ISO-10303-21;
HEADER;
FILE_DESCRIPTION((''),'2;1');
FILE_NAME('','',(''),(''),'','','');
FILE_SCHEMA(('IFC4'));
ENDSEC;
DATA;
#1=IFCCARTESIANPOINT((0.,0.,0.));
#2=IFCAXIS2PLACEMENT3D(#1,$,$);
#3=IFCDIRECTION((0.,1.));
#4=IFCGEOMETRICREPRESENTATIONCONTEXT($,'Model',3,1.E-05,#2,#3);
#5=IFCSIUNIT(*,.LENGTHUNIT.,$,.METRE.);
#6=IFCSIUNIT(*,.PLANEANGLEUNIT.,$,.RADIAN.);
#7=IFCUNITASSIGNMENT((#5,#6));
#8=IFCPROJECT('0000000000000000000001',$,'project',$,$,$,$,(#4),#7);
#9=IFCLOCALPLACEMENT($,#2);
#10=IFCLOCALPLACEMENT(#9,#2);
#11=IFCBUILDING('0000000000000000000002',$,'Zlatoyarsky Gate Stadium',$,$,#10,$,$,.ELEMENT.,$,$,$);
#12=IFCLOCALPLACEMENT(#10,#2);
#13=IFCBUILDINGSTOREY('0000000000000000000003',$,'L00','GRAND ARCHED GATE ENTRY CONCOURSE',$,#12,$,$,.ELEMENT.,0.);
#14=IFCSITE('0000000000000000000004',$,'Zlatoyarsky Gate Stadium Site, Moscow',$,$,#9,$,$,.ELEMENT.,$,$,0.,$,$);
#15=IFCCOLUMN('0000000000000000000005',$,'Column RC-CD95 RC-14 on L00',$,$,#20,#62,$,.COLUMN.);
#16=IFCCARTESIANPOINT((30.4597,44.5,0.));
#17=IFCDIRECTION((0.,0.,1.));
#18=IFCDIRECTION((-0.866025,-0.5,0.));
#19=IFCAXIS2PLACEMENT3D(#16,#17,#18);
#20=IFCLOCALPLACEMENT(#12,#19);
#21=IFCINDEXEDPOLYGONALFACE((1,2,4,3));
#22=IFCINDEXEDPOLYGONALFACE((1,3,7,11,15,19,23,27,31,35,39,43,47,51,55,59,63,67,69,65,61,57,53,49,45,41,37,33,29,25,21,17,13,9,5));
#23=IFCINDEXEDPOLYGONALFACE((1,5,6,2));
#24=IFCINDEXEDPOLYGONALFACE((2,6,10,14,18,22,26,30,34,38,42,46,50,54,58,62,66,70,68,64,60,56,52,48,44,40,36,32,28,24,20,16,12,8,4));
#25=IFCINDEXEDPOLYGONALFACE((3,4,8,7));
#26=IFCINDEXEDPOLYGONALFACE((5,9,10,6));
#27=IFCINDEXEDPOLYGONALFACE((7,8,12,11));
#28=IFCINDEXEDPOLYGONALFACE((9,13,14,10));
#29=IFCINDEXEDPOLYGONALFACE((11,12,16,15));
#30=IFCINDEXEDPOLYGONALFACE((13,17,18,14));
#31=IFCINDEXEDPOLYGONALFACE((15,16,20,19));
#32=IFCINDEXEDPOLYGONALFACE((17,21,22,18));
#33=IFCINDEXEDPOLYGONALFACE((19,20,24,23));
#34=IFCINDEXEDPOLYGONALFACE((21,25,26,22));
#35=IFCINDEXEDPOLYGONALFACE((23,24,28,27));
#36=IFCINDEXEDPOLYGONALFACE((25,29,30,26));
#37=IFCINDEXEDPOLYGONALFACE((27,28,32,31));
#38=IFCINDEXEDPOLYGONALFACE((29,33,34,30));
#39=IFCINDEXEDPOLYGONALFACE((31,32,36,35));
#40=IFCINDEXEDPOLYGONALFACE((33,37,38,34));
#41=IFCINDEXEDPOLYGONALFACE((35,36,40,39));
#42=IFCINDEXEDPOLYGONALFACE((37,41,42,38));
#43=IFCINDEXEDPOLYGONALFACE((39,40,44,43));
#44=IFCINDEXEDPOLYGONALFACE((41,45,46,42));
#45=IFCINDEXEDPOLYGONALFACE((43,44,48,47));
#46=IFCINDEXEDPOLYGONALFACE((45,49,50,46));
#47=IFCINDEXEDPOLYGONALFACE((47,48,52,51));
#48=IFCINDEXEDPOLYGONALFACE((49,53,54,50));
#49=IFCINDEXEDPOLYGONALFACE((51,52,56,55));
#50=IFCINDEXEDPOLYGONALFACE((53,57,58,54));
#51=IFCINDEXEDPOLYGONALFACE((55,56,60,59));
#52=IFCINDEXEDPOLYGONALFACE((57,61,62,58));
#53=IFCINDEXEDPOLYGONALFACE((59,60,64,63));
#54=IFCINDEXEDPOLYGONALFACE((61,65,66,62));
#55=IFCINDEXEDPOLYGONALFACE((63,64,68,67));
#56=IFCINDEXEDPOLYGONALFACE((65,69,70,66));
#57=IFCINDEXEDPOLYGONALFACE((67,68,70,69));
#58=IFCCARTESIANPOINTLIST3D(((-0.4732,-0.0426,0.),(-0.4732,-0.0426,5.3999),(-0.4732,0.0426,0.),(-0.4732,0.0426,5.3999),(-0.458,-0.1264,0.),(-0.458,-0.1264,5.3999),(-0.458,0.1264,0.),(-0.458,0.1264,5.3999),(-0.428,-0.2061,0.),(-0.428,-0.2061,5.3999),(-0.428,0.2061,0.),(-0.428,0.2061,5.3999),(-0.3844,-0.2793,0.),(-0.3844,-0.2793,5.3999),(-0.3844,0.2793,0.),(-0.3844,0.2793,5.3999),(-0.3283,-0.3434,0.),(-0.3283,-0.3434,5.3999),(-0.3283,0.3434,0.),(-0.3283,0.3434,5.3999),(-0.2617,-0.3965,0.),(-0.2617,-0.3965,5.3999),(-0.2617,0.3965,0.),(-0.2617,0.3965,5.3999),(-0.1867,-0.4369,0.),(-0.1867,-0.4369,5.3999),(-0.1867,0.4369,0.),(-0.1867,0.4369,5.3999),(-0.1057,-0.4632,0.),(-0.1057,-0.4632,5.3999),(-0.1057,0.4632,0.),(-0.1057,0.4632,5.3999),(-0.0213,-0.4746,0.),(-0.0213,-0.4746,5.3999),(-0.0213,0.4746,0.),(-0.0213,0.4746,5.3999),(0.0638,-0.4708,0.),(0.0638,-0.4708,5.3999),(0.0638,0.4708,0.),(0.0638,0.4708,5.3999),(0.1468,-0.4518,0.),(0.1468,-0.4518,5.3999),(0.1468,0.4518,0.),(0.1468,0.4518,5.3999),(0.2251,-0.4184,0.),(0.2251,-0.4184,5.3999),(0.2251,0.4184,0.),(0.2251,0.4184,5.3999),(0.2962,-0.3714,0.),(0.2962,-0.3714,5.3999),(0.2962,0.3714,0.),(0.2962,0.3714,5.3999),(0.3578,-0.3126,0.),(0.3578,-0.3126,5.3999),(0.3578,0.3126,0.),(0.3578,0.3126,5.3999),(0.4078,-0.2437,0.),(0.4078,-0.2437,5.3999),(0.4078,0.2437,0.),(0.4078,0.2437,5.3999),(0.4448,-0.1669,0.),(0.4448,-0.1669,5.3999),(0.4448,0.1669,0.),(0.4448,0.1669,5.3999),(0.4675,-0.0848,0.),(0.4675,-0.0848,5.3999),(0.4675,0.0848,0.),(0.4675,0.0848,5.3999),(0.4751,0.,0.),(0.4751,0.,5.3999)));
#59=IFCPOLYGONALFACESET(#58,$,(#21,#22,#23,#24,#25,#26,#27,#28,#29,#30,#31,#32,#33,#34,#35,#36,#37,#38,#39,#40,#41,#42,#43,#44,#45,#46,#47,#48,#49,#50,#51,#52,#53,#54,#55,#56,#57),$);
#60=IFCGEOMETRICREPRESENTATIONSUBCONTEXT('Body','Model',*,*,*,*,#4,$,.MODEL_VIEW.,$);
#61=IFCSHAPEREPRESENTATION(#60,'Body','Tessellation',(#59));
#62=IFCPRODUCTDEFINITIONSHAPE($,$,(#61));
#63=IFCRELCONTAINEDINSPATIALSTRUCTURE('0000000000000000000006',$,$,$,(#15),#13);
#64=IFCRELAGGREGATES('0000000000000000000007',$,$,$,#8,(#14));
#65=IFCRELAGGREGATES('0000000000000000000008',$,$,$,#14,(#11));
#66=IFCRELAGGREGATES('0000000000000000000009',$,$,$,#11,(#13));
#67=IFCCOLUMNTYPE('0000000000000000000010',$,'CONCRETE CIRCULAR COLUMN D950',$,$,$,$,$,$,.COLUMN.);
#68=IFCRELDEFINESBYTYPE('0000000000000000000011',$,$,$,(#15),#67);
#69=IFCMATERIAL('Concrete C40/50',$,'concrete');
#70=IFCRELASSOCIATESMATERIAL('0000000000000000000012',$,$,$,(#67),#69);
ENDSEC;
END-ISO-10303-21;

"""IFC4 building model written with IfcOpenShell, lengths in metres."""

from ifc_helpers import new_model, si_unit, direction, frame, origin, origin_2d, place, context, subcontext, project, spatial, circle, extrude, material, material_profile, profile_set, type_object, element, save


model = new_model("IFC4")

# Units and contexts
model_context = context("Model", 3, precision=1e-05, world=origin(), true_north=direction((0.0, 1.0)))
body_context = subcontext(model_context, "Body", "Model", "MODEL_VIEW")
ifc_project = project(units=[si_unit("LENGTHUNIT", "METRE"), si_unit("PLANEANGLEUNIT", "RADIAN")], contexts=[model_context])

# Site, building, storey
site_placement = place(None, origin())
site = spatial("IfcSite", under=ifc_project, at=site_placement, Name="Zlatoyarsky Gate Stadium Site, Moscow", CompositionType="ELEMENT", RefElevation=0.0)
building_placement = place(site_placement, origin())
building = spatial("IfcBuilding", under=site, at=building_placement, Name="Zlatoyarsky Gate Stadium", CompositionType="ELEMENT")
storey_placement = place(building_placement, origin())
storey = spatial("IfcBuildingStorey", under=building, at=storey_placement, Name="L00", Description="GRAND ARCHED GATE ENTRY CONCOURSE", CompositionType="ELEMENT", Elevation=0.0)

# Column
ifc_material_1 = material(Name="Concrete C40/50", Category="concrete")
ifc_material_profile_1 = material_profile(ifc_material_1, circle(Radius=0.4751, at=origin_2d()), Name="RC COL D950")
ifc_profile_set_1 = profile_set([ifc_material_profile_1], Name="Concrete C40/50")
column_type_1 = type_object("IfcColumnType", Name="CONCRETE CIRCULAR COLUMN D950", PredefinedType="COLUMN", material=ifc_profile_set_1)
column_1_placement = place(storey_placement, frame((30.4597, 44.5, 0.0), z_axis=(0.0, 0.0, 1.0), x_axis=(-0.866025, -0.5, 0.0)))
element("IfcColumn", 1, at=column_1_placement, inside=storey, type_object=column_type_1, Name="Column RC-CD95 RC-14 on L00", PredefinedType="COLUMN", context=body_context, shape_type="SweptSolid", body=[
    extrude(circle(Radius=0.4751, at=origin_2d()), origin(), (0.0, 0.0, 1.0), 5.3999),
])

save(model, "model.ifc")
